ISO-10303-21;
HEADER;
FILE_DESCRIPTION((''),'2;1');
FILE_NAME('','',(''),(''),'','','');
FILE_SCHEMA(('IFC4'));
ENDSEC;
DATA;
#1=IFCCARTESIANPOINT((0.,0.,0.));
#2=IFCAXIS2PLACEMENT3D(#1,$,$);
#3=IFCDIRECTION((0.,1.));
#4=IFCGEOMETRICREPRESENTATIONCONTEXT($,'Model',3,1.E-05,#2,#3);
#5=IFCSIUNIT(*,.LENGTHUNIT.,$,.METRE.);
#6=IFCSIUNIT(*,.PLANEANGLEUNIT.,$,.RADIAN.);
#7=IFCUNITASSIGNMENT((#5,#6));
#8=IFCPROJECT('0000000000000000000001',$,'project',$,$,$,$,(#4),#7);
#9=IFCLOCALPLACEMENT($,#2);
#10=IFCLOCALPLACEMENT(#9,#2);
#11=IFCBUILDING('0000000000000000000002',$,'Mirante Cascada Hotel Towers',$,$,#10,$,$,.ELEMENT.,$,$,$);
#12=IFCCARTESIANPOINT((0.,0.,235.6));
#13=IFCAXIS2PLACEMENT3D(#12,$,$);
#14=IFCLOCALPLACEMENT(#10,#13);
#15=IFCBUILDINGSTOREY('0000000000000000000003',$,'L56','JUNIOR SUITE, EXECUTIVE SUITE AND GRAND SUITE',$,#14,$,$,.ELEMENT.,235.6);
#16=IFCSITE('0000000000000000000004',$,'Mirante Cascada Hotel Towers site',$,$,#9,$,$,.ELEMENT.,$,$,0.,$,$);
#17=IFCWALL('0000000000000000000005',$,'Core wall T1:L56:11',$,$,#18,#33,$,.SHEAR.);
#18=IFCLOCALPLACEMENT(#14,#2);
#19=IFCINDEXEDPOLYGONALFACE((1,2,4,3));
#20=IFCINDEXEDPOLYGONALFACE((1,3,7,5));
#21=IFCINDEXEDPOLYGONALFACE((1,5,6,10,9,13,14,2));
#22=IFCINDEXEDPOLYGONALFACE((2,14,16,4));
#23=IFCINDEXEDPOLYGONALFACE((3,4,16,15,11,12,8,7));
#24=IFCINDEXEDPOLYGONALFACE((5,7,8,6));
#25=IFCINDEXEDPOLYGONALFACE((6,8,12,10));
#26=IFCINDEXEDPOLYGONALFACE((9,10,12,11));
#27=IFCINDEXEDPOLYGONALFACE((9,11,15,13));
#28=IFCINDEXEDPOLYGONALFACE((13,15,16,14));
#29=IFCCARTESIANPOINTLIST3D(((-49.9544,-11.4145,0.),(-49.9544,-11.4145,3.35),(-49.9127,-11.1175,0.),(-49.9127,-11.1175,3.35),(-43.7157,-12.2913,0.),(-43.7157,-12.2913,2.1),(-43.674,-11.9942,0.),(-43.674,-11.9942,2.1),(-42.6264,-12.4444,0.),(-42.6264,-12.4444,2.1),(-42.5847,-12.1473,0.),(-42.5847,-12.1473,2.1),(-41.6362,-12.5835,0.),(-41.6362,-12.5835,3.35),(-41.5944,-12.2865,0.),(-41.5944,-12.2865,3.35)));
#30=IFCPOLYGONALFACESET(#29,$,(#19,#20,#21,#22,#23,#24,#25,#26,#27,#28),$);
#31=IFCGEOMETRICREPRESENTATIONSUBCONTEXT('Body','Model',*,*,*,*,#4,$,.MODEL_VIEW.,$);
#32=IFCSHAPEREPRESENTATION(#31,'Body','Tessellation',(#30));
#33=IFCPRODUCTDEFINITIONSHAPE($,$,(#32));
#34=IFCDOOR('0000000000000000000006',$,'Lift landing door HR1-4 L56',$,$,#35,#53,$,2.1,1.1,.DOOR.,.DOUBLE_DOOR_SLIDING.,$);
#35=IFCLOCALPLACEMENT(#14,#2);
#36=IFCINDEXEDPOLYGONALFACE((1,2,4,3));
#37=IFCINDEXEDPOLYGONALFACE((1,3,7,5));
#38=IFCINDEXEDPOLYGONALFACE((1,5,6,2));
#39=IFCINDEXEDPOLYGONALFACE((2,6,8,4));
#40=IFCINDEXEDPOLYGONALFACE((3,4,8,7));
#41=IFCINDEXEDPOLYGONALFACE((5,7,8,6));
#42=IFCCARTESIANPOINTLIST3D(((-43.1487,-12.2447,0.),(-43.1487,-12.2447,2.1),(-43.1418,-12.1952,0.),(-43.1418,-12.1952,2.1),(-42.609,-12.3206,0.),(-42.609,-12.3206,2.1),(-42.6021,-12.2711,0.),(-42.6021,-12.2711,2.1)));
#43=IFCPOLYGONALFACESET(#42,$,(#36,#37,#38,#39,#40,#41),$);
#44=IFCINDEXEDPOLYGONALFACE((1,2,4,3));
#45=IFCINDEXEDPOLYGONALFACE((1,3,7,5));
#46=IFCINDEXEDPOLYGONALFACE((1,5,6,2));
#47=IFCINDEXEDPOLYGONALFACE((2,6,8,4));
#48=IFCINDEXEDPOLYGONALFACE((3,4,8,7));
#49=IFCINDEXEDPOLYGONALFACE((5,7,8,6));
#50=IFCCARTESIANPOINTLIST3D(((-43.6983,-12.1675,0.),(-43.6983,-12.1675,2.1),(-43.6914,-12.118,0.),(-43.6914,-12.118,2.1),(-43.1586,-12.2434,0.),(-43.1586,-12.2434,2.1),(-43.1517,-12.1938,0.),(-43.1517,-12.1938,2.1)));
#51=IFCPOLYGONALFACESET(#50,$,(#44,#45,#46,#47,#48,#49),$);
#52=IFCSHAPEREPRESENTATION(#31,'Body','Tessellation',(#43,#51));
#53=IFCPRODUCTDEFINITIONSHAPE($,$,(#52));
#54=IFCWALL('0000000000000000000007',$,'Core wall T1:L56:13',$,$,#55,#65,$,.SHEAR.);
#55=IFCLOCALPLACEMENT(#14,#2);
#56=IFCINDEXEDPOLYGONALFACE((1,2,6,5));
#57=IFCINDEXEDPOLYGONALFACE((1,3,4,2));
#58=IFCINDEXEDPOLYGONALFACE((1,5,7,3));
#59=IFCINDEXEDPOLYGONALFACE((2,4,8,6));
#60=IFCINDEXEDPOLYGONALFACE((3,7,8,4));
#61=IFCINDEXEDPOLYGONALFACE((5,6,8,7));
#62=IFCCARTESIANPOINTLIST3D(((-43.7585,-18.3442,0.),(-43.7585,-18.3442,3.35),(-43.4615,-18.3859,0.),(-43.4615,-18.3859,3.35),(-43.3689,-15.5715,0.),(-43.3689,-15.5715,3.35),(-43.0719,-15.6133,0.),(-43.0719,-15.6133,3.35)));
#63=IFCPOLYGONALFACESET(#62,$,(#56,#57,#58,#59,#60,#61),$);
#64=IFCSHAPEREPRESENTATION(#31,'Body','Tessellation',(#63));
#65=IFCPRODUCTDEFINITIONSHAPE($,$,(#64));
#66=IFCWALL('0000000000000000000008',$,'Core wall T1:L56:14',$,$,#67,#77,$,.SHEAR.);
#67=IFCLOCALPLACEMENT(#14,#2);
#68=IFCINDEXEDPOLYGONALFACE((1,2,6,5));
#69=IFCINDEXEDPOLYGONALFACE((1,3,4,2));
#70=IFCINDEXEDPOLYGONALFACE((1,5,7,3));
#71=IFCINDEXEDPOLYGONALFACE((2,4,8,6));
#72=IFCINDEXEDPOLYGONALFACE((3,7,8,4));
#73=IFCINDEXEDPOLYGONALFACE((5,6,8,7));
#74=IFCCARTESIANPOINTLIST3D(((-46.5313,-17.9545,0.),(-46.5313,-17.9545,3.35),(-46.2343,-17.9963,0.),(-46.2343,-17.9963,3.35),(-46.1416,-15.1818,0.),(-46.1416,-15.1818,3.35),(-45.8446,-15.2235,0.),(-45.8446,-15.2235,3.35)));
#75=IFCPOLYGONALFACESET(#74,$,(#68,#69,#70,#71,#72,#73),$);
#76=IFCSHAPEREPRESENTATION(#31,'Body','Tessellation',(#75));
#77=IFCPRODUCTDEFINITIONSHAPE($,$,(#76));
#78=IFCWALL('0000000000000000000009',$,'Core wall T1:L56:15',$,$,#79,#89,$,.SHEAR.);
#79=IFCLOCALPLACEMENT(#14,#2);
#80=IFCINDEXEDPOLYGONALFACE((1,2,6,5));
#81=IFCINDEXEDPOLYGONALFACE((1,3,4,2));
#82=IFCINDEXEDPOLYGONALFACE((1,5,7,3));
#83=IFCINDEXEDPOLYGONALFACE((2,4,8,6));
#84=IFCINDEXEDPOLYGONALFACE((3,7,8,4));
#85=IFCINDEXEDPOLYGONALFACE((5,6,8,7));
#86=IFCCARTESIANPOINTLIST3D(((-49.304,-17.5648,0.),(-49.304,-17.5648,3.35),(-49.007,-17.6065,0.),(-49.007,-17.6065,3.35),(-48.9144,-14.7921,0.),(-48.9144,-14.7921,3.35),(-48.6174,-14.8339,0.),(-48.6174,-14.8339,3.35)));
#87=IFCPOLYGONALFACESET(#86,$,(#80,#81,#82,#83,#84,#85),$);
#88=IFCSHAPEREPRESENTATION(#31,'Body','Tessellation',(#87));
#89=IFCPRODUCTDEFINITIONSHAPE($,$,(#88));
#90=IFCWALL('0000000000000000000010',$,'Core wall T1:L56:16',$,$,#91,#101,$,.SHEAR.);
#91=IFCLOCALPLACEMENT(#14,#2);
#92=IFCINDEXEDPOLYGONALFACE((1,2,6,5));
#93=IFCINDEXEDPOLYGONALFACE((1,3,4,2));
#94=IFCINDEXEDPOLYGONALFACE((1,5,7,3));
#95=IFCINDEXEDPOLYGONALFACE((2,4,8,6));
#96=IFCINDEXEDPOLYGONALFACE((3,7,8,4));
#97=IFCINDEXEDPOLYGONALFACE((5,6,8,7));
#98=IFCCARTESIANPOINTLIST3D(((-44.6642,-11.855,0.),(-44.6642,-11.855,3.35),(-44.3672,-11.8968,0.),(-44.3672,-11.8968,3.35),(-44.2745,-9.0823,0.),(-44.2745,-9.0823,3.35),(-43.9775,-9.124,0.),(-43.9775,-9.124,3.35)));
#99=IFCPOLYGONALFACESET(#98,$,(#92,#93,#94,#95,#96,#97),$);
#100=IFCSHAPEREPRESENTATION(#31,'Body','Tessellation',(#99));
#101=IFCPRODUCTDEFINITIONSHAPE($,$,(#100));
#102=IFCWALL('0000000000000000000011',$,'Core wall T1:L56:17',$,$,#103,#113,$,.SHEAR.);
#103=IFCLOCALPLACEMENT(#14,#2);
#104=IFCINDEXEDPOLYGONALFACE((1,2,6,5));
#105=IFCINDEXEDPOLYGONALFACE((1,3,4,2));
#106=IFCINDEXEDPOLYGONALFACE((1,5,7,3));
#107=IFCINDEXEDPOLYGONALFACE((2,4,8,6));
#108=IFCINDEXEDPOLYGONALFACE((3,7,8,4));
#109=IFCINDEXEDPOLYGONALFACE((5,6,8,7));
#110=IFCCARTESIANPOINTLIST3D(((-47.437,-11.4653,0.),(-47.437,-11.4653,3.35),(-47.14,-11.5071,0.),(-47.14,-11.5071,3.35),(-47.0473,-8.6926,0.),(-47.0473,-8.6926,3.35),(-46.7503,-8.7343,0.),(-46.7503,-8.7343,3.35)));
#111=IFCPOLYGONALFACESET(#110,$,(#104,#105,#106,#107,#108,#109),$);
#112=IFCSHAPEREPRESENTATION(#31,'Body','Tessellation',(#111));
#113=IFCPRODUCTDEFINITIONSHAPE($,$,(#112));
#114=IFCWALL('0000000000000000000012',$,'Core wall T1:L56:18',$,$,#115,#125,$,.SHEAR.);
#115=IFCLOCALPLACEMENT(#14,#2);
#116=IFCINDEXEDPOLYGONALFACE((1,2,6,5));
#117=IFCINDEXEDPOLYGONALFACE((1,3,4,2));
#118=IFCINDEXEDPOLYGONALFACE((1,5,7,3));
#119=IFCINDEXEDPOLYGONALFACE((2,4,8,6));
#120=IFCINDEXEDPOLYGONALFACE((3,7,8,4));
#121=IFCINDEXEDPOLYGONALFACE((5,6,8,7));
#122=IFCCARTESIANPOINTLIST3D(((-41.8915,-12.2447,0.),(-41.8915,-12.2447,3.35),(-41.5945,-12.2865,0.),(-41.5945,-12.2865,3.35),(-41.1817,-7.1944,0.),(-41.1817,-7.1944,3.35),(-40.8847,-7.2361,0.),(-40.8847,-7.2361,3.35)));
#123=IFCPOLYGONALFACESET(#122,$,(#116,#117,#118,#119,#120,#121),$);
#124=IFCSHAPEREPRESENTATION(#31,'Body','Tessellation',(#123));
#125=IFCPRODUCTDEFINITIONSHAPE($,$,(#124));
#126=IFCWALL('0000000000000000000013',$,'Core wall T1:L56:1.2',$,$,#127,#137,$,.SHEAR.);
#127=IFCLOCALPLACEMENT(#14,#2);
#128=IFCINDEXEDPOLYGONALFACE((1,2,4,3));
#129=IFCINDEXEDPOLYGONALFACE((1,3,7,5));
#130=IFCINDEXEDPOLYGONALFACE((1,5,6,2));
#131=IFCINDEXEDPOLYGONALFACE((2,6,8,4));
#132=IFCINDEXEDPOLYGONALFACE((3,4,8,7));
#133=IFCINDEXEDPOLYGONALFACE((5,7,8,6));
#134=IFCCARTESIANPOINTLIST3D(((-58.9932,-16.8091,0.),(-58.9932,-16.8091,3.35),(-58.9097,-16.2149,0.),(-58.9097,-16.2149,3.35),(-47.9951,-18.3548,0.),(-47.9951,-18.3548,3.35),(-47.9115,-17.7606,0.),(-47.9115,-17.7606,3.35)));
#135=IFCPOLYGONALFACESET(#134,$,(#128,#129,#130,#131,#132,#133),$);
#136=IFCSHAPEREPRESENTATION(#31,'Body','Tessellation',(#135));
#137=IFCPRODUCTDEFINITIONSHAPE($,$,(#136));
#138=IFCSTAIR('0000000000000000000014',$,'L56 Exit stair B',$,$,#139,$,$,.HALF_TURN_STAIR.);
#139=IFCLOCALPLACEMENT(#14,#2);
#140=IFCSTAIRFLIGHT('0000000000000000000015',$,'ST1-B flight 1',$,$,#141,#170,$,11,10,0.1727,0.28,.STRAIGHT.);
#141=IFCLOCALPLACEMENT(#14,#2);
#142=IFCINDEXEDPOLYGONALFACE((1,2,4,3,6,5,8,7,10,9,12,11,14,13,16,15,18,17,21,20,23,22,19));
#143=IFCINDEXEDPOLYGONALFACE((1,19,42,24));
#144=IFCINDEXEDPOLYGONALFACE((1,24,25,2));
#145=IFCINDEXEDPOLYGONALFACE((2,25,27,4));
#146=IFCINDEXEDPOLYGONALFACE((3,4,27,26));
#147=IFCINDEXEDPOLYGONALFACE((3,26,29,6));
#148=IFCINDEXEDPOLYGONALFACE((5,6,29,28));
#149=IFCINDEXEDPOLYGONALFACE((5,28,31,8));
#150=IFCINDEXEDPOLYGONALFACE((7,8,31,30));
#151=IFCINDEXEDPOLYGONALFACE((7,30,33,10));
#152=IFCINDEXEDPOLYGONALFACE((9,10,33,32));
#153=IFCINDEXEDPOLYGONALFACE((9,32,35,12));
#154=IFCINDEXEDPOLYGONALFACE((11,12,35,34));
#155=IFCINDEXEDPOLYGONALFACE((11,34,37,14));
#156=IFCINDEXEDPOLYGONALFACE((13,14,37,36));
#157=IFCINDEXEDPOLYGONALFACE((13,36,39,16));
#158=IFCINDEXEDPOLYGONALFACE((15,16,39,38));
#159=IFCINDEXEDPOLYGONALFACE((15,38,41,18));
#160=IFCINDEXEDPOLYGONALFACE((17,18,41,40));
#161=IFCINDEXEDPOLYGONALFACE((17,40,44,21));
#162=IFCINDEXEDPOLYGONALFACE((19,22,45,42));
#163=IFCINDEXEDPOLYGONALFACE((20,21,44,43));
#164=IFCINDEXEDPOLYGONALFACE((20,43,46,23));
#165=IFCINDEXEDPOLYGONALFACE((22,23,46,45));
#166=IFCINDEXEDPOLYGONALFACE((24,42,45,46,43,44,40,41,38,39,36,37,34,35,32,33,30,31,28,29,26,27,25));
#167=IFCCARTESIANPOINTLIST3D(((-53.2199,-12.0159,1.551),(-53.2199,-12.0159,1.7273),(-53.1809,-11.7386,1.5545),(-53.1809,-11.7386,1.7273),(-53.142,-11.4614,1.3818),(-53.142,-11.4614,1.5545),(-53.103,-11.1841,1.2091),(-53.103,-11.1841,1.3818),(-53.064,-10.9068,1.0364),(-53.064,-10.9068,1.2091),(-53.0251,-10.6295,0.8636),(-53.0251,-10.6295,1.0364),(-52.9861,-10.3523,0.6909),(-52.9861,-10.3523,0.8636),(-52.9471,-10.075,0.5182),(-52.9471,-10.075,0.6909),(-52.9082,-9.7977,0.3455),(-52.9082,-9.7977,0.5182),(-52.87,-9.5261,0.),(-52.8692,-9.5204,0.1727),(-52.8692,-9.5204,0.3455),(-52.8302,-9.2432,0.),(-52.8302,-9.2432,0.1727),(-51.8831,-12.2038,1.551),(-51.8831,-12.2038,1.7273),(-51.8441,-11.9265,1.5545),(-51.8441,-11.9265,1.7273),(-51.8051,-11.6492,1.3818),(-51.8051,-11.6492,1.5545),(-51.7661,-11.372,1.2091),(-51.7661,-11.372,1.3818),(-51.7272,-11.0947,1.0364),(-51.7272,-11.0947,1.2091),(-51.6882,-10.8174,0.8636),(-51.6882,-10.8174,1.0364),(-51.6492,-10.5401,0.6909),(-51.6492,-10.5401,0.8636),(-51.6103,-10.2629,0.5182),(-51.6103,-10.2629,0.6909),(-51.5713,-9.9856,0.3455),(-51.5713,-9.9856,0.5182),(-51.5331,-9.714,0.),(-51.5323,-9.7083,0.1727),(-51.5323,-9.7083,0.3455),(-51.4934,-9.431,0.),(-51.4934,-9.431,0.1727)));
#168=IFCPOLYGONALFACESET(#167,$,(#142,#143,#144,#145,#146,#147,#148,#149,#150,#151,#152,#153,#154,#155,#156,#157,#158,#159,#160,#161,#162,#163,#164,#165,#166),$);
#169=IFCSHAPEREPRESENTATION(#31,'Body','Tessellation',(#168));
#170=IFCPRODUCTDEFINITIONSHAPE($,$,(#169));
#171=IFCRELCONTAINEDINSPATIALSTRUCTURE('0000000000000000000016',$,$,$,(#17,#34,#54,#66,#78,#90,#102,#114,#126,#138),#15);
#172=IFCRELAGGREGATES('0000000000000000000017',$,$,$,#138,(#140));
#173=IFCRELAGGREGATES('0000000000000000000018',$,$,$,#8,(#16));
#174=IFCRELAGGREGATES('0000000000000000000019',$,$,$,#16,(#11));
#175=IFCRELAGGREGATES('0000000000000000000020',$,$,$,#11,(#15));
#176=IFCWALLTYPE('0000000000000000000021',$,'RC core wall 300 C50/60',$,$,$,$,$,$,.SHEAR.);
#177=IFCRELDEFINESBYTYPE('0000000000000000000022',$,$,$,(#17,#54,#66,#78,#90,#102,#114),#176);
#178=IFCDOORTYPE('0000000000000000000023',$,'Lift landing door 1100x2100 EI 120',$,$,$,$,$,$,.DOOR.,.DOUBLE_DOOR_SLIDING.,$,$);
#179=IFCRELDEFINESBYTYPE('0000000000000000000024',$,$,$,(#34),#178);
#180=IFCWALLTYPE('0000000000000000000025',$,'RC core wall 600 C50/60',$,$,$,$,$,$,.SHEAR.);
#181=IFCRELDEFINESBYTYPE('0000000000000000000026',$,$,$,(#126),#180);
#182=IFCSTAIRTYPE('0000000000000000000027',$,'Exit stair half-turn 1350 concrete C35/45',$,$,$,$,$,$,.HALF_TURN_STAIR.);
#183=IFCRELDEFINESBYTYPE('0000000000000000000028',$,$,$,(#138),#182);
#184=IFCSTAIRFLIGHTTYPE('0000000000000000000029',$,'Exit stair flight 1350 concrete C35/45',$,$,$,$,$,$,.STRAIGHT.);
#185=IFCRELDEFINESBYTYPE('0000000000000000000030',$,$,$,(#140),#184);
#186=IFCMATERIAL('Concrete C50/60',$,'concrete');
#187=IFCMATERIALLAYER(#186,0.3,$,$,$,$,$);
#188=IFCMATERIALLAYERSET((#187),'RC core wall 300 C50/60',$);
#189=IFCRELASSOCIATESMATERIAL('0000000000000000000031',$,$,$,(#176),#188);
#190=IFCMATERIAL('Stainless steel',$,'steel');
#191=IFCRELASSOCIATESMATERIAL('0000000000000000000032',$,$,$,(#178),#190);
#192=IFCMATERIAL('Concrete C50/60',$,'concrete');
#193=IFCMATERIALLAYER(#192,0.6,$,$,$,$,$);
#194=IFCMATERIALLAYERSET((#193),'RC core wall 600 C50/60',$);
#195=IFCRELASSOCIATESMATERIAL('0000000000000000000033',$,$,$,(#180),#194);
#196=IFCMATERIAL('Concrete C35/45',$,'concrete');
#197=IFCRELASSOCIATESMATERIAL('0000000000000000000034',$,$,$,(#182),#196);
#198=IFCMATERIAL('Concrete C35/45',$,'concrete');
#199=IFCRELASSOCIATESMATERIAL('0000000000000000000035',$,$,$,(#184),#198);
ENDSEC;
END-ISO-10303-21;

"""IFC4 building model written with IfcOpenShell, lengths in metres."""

from ifc_helpers import new_model, si_unit, direction, frame, frame_2d, origin, place, context, subcontext, project, spatial, polyline, rectangle, outline, extrude, material, layer, layer_set, type_object, element, fill, aggregate, save


model = new_model("IFC4")

# Units and contexts
model_context = context("Model", 3, precision=1e-05, world=origin(), true_north=direction((0.0, 1.0)))
body_context = subcontext(model_context, "Body", "Model", "MODEL_VIEW")
ifc_project = project(units=[si_unit("LENGTHUNIT", "METRE"), si_unit("PLANEANGLEUNIT", "RADIAN")], contexts=[model_context])

# Site, building, storey
site_placement = place(None, origin())
site = spatial("IfcSite", under=ifc_project, at=site_placement, Name="Mirante Cascada Hotel Towers site", CompositionType="ELEMENT", RefElevation=0.0)
building_placement = place(site_placement, origin())
building = spatial("IfcBuilding", under=site, at=building_placement, Name="Mirante Cascada Hotel Towers", CompositionType="ELEMENT")
storey_placement = place(building_placement, frame((0.0, 0.0, 235.6)))
storey = spatial("IfcBuildingStorey", under=building, at=storey_placement, Name="L56", Description="JUNIOR SUITE, EXECUTIVE SUITE AND GRAND SUITE", CompositionType="ELEMENT", Elevation=235.6)

# Shared definitions
ifc_material_1 = material(Name="Concrete C50/60", Category="concrete")
ifc_layer_1 = layer(ifc_material_1, 0.3)
ifc_layer_set_1 = layer_set([ifc_layer_1], Name="RC core wall 300 C50/60")
wall_type_1 = type_object("IfcWallType", Name="RC core wall 300 C50/60", PredefinedType="SHEAR", material=ifc_layer_set_1)

# Wall, opening, door
wall_1_placement = place(storey_placement, frame((-41.6153, -12.435, 0.0), z_axis=(0.0, 0.0, 1.0), x_axis=(-0.990269, 0.139166, 0.0)))
wall_1 = element("IfcWall", 1, at=wall_1_placement, inside=storey, type_object=wall_type_1, Name="Core wall T1:L56:11", PredefinedType="SHEAR", context=body_context, shape_type="SweptSolid", body=[
    extrude(rectangle(XDim=8.4, YDim=0.3, at=frame_2d((4.2, 0.0))), origin(), (0.0, 0.0, 1.0), 3.35),
])
opening_1_placement = place(wall_1_placement, frame((1.0, 0.0, 0.0)))
opening_1 = element("IfcOpeningElement", 2, at=opening_1_placement, cuts=wall_1, PredefinedType="OPENING", context=body_context, shape_type="SweptSolid", body=[
    extrude(rectangle(XDim=1.1, YDim=2.1, at=frame_2d((0.55, 1.05))), frame((0.0, 0.15, 0.0), z_axis=(0.0, -1.0, 0.0), x_axis=(1.0, 0.0, 0.0)), (0.0, 0.0, 1.0), 0.3),
])
ifc_material_2 = material(Name="Stainless steel", Category="steel")
door_type_1 = type_object("IfcDoorType", Name="Lift landing door 1100x2100 EI 120", OperationType="DOUBLE_DOOR_SLIDING", PredefinedType="DOOR", material=ifc_material_2)
door_1_placement = place(opening_1_placement, origin())
door_1 = element("IfcDoor", 3, at=door_1_placement, inside=storey, type_object=door_type_1, Name="Lift landing door HR1-4 L56", OperationType="DOUBLE_DOOR_SLIDING", OverallHeight=2.1, OverallWidth=1.1, PredefinedType="DOOR", context=body_context, shape_type="SweptSolid", body=[
    extrude(rectangle(XDim=0.545, YDim=2.1, at=frame_2d((0.2725, 1.05))), frame((0.0, 0.025, 0.0), z_axis=(0.0, -1.0, 0.0), x_axis=(1.0, 0.0, 0.0)), (0.0, 0.0, 1.0), 0.05),
    extrude(rectangle(XDim=0.545, YDim=2.1, at=frame_2d((0.8275, 1.05))), frame((0.0, 0.025, 0.0), z_axis=(0.0, -1.0, 0.0), x_axis=(1.0, 0.0, 0.0)), (0.0, 0.0, 1.0), 0.05),
])
fill(opening_1, door_1)

# Walls
wall_2_placement = place(storey_placement, frame((-43.61, -18.3651, 0.0), z_axis=(0.0, 0.0, 1.0), x_axis=(0.139146, 0.990272, 0.0)))
element("IfcWall", 4, at=wall_2_placement, inside=storey, type_object=wall_type_1, Name="Core wall T1:L56:13", PredefinedType="SHEAR", context=body_context, shape_type="SweptSolid", body=[
    extrude(rectangle(XDim=2.7999, YDim=0.3, at=frame_2d((1.4, 0.0))), origin(), (0.0, 0.0, 1.0), 3.35),
])
wall_3_placement = place(storey_placement, frame((-46.3828, -17.9754, 0.0), z_axis=(0.0, 0.0, 1.0), x_axis=(0.139181, 0.990267, 0.0)))
element("IfcWall", 5, at=wall_3_placement, inside=storey, type_object=wall_type_1, Name="Core wall T1:L56:14", PredefinedType="SHEAR", context=body_context, shape_type="SweptSolid", body=[
    extrude(rectangle(XDim=2.8, YDim=0.3, at=frame_2d((1.4, 0.0))), origin(), (0.0, 0.0, 1.0), 3.35),
])
wall_4_placement = place(storey_placement, frame((-49.1555, -17.5857, 0.0), z_axis=(0.0, 0.0, 1.0), x_axis=(0.139146, 0.990272, 0.0)))
element("IfcWall", 6, at=wall_4_placement, inside=storey, type_object=wall_type_1, Name="Core wall T1:L56:15", PredefinedType="SHEAR", context=body_context, shape_type="SweptSolid", body=[
    extrude(rectangle(XDim=2.7999, YDim=0.3, at=frame_2d((1.4, 0.0))), origin(), (0.0, 0.0, 1.0), 3.35),
])
for number, where, z_axis, x_axis, name in (
    (7, (-44.5157, -11.8759, 0.0), (0.0, 0.0, 1.0), (0.139181, 0.990267, 0.0), "Core wall T1:L56:16"),
    (8, (-47.2885, -11.4862, 0.0), (0.0, 0.0, 1.0), (0.139181, 0.990267, 0.0), "Core wall T1:L56:17"),
):
    element("IfcWall", number, at=place(storey_placement, frame(where, z_axis=z_axis, x_axis=x_axis)), inside=storey, type_object=wall_type_1, Name=name, PredefinedType="SHEAR", context=body_context, shape_type="SweptSolid", body=[
        extrude(rectangle(XDim=2.8, YDim=0.3, at=frame_2d((1.4, 0.0))), origin(), (0.0, 0.0, 1.0), 3.35),
    ])
wall_5_placement = place(storey_placement, frame((-41.743, -12.2656, 0.0), z_axis=(0.0, 0.0, 1.0), x_axis=(0.139176, 0.990268, 0.0)))
element("IfcWall", 9, at=wall_5_placement, inside=storey, type_object=wall_type_1, Name="Core wall T1:L56:18", PredefinedType="SHEAR", context=body_context, shape_type="SweptSolid", body=[
    extrude(rectangle(XDim=5.1, YDim=0.3, at=frame_2d((2.55, 0.0))), origin(), (0.0, 0.0, 1.0), 3.35),
])
ifc_material_3 = material(Name="Concrete C50/60", Category="concrete")
ifc_layer_2 = layer(ifc_material_3, 0.6)
ifc_layer_set_2 = layer_set([ifc_layer_2], Name="RC core wall 600 C50/60")
wall_type_2 = type_object("IfcWallType", Name="RC core wall 600 C50/60", PredefinedType="SHEAR", material=ifc_layer_set_2)
wall_6_placement = place(storey_placement, frame((-47.9533, -18.0577, 0.0), z_axis=(0.0, 0.0, 1.0), x_axis=(-0.990268, 0.139175, 0.0)))
element("IfcWall", 10, at=wall_6_placement, inside=storey, type_object=wall_type_2, Name="Core wall T1:L56:1.2", PredefinedType="SHEAR", context=body_context, shape_type="SweptSolid", body=[
    extrude(rectangle(XDim=11.1062, YDim=0.6, at=frame_2d((5.5531, 0.0))), origin(), (0.0, 0.0, 1.0), 3.35),
])

# Stair, stair flight
ifc_material_4 = material(Name="Concrete C35/45", Category="concrete")
stair_type = type_object("IfcStairType", Name="Exit stair half-turn 1350 concrete C35/45", PredefinedType="HALF_TURN_STAIR", material=ifc_material_4)
stair_placement = place(storey_placement, origin())
stair = element("IfcStair", 11, at=stair_placement, inside=storey, type_object=stair_type, Name="L56 Exit stair B", PredefinedType="HALF_TURN_STAIR")
ifc_material_5 = material(Name="Concrete C35/45", Category="concrete")
stair_flight_type = type_object("IfcStairFlightType", Name="Exit stair flight 1350 concrete C35/45", PredefinedType="STRAIGHT", material=ifc_material_5)
stair_flight_1_placement = place(storey_placement, frame((-52.1618, -9.3371, 0.0), z_axis=(0.0, 0.0, 1.0), x_axis=(-0.139173, -0.990268, 0.0)))
stair_flight_1 = element("IfcStairFlight", 12, at=stair_flight_1_placement, type_object=stair_flight_type, Name="ST1-B flight 1", NumberOfRisers=11, NumberOfTreads=10, PredefinedType="STRAIGHT", RiserHeight=0.1727, TreadLength=0.28, context=body_context, shape_type="SweptSolid", body=[
    extrude(outline(polyline([(0.0, 0.0), (0.0, 0.1727), (0.28, 0.1727), (0.28, 0.3455), (0.56, 0.3455), (0.56, 0.5182), (0.84, 0.5182), (0.84, 0.6909), (1.12, 0.6909), (1.12, 0.8636), (1.4, 0.8636), (1.4, 1.0364), (1.68, 1.0364), (1.68, 1.2091), (1.96, 1.2091), (1.96, 1.3818), (2.24, 1.3818), (2.24, 1.5545), (2.52, 1.5545), (2.52, 1.7273), (2.8, 1.7273), (2.8, 1.9), (2.8, 1.551), (0.2857, 0.0), (0.0, 0.0)])), frame((0.0, 0.675, 0.0), z_axis=(0.0, -1.0, 0.0), x_axis=(1.0, 0.0, 0.0)), (0.0, 0.0, 1.0), 1.35),
])
aggregate(stair, [stair_flight_1])

save(model, "model.ifc")
